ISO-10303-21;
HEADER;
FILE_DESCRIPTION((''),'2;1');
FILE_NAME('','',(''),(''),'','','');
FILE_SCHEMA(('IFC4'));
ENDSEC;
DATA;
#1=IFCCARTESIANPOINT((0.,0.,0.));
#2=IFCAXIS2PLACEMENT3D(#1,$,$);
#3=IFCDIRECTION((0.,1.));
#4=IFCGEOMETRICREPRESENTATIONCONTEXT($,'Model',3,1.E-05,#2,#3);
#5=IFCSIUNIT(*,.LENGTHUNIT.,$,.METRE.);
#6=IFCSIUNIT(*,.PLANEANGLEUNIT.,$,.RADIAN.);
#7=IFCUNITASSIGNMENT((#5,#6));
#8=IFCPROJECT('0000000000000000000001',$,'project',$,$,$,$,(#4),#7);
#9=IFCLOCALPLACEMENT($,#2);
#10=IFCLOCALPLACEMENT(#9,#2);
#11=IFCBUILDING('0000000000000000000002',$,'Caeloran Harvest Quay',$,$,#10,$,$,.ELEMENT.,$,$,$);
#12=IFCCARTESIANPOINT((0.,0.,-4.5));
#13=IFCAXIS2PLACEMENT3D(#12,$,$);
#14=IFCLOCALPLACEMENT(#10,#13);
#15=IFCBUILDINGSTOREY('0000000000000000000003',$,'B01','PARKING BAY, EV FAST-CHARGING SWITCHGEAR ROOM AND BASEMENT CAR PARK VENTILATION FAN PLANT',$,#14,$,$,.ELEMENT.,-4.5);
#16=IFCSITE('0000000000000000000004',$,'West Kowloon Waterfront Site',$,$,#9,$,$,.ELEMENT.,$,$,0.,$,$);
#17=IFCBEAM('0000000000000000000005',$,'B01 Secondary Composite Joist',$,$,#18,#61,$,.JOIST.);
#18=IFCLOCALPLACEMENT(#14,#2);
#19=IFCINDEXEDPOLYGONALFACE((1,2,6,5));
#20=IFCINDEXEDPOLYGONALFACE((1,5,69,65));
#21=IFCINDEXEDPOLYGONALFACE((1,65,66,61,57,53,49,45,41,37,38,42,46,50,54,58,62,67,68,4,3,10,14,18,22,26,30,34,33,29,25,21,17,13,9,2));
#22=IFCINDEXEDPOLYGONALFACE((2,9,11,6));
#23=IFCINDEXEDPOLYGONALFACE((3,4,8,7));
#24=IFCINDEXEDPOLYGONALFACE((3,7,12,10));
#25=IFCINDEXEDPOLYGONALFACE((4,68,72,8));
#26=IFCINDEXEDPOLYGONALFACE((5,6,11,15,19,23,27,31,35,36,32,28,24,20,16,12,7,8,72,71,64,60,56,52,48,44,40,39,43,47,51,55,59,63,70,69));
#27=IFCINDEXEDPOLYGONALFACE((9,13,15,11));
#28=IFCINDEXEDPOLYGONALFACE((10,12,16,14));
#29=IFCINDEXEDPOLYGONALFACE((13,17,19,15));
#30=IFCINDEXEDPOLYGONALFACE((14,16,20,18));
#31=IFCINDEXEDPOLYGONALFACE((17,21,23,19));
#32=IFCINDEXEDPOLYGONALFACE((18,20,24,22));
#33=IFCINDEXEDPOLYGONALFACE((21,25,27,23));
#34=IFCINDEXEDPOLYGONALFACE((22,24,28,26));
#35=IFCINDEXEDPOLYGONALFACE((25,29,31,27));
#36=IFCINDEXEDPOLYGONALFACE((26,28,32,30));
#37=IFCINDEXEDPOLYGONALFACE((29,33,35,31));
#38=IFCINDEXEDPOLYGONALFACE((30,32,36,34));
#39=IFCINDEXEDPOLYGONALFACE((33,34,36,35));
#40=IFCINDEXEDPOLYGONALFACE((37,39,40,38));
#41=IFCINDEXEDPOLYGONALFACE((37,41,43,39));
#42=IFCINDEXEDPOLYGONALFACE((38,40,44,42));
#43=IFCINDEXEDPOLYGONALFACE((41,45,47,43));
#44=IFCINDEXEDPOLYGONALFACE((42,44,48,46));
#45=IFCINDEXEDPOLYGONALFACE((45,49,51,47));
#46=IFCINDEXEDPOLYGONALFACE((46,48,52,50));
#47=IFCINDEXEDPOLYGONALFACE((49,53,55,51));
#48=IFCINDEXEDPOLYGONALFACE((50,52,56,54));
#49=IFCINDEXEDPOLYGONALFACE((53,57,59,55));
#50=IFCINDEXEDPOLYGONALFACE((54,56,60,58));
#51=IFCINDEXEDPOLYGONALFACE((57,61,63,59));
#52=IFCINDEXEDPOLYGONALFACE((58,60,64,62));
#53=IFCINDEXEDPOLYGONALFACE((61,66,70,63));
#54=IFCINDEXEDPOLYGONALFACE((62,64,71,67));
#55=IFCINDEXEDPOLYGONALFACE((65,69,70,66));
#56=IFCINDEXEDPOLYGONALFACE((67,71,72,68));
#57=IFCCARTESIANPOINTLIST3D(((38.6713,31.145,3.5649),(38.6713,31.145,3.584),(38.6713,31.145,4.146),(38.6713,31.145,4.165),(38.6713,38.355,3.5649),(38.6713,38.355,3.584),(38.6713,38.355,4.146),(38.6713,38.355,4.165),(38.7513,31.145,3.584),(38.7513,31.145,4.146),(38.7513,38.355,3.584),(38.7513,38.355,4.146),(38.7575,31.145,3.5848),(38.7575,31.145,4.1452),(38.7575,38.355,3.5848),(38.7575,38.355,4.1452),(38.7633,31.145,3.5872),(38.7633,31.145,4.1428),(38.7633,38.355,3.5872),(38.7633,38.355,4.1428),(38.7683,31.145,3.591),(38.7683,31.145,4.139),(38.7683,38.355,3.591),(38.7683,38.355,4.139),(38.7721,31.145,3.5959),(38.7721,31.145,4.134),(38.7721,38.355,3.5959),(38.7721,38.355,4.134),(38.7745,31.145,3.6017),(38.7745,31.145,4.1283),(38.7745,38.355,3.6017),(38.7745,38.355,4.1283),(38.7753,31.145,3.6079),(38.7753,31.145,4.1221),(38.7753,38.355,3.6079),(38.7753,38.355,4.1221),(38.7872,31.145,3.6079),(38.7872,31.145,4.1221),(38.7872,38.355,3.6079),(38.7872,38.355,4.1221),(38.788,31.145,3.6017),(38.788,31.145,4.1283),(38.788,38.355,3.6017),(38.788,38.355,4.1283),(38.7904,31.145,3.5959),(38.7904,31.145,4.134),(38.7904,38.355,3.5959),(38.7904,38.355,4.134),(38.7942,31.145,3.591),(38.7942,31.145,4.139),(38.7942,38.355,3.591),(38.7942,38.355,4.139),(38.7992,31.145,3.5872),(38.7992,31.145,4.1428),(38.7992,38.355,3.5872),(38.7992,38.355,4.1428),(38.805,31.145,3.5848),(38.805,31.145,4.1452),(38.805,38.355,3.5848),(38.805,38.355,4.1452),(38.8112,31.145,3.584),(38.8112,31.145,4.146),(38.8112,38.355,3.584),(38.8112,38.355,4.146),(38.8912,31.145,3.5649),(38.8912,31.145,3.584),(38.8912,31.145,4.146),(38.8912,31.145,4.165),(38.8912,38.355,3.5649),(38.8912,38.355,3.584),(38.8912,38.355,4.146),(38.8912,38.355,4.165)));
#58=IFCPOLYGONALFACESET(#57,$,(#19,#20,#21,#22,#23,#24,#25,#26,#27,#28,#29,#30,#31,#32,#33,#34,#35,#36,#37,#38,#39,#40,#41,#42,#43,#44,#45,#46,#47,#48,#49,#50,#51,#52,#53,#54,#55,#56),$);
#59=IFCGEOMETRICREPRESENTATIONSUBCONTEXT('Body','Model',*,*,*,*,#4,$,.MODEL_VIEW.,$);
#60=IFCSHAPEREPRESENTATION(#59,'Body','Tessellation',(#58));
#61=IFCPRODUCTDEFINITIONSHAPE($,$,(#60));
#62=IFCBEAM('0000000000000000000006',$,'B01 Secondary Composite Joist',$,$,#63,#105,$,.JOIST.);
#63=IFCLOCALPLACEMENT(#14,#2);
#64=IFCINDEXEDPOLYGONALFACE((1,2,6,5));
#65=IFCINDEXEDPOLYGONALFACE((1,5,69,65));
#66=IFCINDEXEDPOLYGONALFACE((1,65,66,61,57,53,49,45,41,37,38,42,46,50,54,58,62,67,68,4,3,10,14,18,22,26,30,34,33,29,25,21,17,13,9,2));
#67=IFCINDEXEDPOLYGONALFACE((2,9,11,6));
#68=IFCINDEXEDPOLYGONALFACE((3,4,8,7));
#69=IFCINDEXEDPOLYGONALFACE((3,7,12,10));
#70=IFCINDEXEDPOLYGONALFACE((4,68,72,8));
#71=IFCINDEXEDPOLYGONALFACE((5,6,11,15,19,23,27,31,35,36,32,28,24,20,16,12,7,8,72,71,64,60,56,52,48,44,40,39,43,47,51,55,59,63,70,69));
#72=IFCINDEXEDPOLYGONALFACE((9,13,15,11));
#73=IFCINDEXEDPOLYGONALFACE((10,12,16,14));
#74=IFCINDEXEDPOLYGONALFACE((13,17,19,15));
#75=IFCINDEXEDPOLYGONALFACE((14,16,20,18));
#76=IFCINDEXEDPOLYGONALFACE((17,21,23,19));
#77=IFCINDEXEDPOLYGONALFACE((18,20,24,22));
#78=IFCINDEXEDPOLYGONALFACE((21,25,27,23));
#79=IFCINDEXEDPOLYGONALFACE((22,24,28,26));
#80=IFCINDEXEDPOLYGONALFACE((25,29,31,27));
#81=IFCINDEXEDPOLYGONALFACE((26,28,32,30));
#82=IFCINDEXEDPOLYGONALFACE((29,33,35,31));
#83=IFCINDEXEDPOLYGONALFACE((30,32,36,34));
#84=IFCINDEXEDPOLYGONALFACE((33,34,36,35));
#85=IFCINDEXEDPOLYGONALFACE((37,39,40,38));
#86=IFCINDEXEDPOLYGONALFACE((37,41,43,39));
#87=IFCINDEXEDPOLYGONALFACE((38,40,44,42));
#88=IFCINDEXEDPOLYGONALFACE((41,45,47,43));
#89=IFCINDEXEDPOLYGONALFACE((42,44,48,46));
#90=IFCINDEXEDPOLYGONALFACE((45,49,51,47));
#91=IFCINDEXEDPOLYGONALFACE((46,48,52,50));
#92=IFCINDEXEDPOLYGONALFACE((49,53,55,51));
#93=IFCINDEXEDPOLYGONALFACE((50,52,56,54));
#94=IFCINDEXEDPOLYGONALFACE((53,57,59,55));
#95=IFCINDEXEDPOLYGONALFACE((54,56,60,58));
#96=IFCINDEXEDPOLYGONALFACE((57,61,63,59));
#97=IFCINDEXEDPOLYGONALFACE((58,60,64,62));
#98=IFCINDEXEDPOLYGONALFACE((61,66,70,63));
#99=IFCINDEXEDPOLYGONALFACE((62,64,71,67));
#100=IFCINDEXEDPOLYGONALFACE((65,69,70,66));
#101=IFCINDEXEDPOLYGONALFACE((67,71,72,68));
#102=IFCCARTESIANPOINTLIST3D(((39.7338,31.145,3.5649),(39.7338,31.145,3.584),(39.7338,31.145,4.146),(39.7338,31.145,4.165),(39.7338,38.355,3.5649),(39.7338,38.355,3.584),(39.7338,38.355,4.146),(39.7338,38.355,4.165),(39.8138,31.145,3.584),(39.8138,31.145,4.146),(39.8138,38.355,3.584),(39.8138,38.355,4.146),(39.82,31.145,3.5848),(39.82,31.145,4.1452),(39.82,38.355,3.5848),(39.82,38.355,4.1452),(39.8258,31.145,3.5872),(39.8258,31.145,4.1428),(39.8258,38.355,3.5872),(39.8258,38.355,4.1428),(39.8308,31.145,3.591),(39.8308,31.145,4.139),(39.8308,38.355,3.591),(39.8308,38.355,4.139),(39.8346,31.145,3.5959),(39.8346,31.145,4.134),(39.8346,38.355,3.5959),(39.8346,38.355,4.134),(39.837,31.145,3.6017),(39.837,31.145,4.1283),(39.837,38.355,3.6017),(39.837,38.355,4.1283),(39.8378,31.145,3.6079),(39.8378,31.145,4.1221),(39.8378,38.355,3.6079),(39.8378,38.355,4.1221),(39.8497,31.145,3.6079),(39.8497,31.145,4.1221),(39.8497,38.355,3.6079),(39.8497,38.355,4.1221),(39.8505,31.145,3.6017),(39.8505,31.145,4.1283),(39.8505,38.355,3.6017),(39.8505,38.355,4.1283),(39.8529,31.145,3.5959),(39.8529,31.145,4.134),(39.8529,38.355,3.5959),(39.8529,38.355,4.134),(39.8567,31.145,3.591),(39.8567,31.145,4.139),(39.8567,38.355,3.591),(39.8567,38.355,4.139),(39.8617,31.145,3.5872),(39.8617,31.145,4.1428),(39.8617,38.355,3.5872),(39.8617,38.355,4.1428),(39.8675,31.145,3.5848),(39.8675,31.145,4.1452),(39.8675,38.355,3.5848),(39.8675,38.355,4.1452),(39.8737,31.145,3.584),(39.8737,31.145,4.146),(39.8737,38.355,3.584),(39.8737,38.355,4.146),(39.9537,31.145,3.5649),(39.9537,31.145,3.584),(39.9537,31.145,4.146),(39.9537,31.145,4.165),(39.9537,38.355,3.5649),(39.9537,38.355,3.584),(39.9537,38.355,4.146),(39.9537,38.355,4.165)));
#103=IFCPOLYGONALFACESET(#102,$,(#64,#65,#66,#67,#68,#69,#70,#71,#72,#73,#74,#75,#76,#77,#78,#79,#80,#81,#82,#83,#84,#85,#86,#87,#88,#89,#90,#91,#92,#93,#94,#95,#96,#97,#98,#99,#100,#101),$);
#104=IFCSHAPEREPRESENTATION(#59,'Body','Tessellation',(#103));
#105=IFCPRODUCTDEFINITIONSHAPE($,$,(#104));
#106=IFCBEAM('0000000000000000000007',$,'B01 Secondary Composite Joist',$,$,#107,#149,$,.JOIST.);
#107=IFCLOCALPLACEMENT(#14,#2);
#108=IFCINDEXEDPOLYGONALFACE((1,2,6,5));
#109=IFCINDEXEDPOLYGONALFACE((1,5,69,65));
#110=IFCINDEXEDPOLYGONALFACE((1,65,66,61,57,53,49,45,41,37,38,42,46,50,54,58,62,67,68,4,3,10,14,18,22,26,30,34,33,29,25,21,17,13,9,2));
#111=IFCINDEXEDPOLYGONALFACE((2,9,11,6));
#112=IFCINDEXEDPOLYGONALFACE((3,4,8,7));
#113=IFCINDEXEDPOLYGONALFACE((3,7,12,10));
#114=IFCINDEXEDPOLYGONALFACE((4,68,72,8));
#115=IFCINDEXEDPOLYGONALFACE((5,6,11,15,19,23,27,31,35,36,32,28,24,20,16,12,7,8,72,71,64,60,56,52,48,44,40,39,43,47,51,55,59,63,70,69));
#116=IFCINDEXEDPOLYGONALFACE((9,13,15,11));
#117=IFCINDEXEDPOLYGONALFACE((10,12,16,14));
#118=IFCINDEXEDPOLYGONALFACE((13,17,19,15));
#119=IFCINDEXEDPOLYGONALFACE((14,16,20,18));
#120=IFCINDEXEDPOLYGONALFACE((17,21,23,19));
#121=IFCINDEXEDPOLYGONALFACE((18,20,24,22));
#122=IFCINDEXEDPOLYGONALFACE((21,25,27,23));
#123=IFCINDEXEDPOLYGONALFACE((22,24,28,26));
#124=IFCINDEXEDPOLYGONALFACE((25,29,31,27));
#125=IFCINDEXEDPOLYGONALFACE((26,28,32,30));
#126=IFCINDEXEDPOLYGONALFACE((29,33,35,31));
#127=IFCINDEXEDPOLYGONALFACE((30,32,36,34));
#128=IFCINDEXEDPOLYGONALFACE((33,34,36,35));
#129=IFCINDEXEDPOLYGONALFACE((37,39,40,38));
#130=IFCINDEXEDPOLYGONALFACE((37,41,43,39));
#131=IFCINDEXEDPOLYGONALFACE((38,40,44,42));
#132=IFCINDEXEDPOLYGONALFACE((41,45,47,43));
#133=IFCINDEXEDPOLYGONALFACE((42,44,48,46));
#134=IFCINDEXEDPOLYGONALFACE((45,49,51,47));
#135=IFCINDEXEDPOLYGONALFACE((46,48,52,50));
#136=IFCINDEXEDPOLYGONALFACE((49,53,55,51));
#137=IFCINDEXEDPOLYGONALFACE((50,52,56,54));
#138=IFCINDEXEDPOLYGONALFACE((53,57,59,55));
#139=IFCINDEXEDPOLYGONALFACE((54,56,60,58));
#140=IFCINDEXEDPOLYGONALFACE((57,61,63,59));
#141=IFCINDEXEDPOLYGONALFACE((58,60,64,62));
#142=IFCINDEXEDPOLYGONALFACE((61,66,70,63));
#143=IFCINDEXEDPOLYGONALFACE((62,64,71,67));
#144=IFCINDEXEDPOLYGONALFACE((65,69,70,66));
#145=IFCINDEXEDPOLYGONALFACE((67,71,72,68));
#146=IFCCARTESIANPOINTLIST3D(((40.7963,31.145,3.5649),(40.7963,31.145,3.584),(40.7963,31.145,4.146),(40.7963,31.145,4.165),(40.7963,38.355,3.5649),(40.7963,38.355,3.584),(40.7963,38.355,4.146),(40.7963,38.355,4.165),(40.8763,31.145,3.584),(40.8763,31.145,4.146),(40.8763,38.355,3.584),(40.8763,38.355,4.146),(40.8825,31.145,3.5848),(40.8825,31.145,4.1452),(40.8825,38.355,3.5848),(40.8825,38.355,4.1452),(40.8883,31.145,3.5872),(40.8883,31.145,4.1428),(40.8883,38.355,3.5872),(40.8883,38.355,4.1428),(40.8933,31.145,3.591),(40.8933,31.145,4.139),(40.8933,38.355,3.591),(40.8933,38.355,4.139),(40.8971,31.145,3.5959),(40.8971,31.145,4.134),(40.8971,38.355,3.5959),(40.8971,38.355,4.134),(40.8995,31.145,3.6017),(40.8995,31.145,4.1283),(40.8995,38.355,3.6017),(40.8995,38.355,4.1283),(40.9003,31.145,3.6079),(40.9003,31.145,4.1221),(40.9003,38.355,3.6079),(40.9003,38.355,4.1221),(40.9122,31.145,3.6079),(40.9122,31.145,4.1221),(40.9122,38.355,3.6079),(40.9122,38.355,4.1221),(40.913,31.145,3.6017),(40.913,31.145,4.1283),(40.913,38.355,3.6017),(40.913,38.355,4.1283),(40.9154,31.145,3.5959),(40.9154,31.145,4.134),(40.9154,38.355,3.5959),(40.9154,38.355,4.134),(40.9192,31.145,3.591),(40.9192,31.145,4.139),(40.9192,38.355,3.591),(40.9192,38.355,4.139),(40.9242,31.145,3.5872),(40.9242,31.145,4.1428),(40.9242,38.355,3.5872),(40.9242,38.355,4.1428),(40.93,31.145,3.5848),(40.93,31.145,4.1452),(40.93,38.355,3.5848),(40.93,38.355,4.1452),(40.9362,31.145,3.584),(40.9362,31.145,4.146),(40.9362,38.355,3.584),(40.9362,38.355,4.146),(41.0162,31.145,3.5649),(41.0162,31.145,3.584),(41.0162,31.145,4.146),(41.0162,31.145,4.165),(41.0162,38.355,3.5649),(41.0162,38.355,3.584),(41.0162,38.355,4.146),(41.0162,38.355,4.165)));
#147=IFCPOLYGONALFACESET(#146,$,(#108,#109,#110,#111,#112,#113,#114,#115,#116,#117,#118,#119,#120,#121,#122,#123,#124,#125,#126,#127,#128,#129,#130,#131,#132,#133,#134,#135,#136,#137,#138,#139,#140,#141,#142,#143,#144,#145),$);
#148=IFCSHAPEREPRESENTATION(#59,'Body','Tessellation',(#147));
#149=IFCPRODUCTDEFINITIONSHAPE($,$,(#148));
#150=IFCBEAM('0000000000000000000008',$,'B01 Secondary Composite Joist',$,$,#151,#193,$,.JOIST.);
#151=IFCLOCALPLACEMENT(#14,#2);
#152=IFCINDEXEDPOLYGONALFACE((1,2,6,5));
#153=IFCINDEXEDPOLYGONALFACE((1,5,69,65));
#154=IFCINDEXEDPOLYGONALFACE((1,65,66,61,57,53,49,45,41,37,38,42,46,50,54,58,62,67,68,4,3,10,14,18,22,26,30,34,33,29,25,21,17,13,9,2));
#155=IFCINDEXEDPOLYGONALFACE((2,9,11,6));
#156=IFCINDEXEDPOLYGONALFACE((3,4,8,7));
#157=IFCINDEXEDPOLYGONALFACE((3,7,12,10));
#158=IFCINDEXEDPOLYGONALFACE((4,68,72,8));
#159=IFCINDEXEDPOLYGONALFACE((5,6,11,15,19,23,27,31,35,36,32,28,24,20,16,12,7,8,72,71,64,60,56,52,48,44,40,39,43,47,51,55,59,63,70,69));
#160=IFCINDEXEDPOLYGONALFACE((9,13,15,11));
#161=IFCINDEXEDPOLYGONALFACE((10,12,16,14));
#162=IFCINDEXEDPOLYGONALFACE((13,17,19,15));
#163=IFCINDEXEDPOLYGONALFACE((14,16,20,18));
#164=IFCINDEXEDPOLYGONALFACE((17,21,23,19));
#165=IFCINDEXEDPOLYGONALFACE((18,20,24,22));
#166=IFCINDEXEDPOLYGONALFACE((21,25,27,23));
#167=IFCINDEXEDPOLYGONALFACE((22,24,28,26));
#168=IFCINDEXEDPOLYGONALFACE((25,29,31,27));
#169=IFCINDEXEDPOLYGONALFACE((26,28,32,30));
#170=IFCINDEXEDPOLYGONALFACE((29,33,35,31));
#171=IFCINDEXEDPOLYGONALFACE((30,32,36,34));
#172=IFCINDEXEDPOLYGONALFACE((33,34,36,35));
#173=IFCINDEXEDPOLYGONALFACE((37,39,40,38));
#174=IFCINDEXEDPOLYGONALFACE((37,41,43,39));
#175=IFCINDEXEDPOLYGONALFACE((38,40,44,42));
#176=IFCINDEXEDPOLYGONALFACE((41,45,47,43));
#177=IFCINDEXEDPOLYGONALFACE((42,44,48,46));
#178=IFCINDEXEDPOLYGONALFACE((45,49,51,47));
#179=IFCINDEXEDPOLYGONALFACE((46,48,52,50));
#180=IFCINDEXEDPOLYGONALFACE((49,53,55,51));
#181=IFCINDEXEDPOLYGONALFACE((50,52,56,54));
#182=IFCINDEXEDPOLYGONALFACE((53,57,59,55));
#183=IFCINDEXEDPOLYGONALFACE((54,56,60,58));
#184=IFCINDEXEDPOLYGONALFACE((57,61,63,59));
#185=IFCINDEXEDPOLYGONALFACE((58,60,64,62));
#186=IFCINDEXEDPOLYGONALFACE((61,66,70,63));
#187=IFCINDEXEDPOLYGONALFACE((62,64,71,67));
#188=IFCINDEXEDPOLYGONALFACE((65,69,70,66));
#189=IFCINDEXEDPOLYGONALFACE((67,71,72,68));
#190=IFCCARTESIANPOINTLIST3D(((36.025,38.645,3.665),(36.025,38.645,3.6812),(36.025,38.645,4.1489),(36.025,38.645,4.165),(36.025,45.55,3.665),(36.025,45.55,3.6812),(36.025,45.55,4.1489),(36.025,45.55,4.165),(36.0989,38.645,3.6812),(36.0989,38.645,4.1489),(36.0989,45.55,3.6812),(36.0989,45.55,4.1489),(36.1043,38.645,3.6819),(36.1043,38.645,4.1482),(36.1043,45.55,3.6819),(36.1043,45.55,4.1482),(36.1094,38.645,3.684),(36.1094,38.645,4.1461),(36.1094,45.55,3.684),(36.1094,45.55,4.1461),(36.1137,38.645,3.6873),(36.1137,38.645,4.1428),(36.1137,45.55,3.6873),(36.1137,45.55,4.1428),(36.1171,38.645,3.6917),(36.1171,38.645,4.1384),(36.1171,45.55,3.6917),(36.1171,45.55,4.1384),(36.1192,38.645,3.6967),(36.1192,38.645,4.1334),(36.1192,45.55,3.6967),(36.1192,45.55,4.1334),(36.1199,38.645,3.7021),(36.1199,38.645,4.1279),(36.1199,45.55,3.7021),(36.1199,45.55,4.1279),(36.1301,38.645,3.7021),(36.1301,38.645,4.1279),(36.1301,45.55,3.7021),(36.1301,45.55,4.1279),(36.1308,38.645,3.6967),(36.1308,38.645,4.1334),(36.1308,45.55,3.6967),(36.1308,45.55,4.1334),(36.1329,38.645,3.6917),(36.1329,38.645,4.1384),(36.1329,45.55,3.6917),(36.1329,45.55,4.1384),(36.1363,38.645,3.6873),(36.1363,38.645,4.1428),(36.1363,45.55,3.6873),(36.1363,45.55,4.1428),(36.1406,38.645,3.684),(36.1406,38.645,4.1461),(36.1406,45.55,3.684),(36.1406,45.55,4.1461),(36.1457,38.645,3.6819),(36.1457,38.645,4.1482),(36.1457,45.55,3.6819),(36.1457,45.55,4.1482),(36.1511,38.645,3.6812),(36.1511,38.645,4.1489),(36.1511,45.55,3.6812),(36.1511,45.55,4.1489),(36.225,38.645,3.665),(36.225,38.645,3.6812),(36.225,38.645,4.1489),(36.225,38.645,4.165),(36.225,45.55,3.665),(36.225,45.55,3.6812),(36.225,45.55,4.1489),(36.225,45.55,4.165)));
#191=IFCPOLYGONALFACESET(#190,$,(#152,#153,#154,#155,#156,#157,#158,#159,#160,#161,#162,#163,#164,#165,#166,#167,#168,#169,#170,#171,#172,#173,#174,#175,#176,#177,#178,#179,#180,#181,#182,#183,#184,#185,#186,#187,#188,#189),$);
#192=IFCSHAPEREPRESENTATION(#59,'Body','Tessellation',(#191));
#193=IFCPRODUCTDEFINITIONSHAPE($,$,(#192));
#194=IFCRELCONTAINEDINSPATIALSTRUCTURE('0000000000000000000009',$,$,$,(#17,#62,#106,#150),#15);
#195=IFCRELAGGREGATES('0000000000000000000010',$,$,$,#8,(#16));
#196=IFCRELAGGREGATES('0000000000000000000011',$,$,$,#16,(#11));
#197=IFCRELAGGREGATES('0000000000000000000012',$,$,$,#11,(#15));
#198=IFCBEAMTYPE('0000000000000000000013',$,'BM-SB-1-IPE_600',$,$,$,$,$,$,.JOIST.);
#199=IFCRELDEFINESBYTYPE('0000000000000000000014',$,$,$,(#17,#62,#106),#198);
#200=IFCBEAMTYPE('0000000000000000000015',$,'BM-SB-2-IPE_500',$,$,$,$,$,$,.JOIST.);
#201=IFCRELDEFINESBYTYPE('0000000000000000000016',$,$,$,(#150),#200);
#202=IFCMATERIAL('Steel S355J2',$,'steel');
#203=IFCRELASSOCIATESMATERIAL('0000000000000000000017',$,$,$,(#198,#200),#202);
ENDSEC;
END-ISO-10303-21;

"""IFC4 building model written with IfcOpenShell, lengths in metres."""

from ifc_helpers import new_model, si_unit, direction, frame, origin, origin_2d, place, context, subcontext, project, spatial, i_section, extrude, material, material_profile, profile_set, type_object, element, save


model = new_model("IFC4")

# Units and contexts
model_context = context("Model", 3, precision=1e-05, world=origin(), true_north=direction((0.0, 1.0)))
body_context = subcontext(model_context, "Body", "Model", "MODEL_VIEW")
ifc_project = project(units=[si_unit("LENGTHUNIT", "METRE"), si_unit("PLANEANGLEUNIT", "RADIAN")], contexts=[model_context])

# Site, building, storey
site_placement = place(None, origin())
site = spatial("IfcSite", under=ifc_project, at=site_placement, Name="West Kowloon Waterfront Site", CompositionType="ELEMENT", RefElevation=0.0)
building_placement = place(site_placement, origin())
building = spatial("IfcBuilding", under=site, at=building_placement, Name="Caeloran Harvest Quay", CompositionType="ELEMENT")
storey_placement = place(building_placement, frame((0.0, 0.0, -4.5)))
storey = spatial("IfcBuildingStorey", under=building, at=storey_placement, Name="B01", Description="PARKING BAY, EV FAST-CHARGING SWITCHGEAR ROOM AND BASEMENT CAR PARK VENTILATION FAN PLANT", CompositionType="ELEMENT", Elevation=-4.5)

# Beams
ifc_material_1 = material(Name="Steel S355J2", Category="steel")
ifc_material_profile_1 = material_profile(ifc_material_1, i_section(OverallWidth=0.22, OverallDepth=0.6001, WebThickness=0.012, FlangeThickness=0.019, FilletRadius=0.0239, at=origin_2d()), Name="IPE 600")
ifc_profile_set_1 = profile_set([ifc_material_profile_1], Name="Steel S355J2")
beam_type_1 = type_object("IfcBeamType", Name="BM-SB-1-IPE_600", PredefinedType="JOIST", material=ifc_profile_set_1)
for number, where, z_axis, x_axis, name in (
    (1, (38.7812, 31.145, 3.865), (0.0, 1.0, 0.0), (-1.0, 0.0, 0.0), "B01 Secondary Composite Joist"),
    (2, (39.8438, 31.145, 3.865), (0.0, 1.0, 0.0), (-1.0, 0.0, 0.0), "B01 Secondary Composite Joist"),
    (3, (40.9062, 31.145, 3.865), (0.0, 1.0, 0.0), (-1.0, 0.0, 0.0), "B01 Secondary Composite Joist"),
):
    element("IfcBeam", number, at=place(storey_placement, frame(where, z_axis=z_axis, x_axis=x_axis)), inside=storey, type_object=beam_type_1, Name=name, PredefinedType="JOIST", context=body_context, shape_type="SweptSolid", body=[
        extrude(i_section(OverallWidth=0.22, OverallDepth=0.6001, WebThickness=0.012, FlangeThickness=0.019, FilletRadius=0.0239, at=origin_2d()), origin(), (0.0, 0.0, 1.0), 7.21),
    ])
ifc_material_profile_2 = material_profile(ifc_material_1, i_section(OverallWidth=0.2, OverallDepth=0.5, WebThickness=0.0103, FlangeThickness=0.0161, FilletRadius=0.021, at=origin_2d()), Name="IPE 500")
ifc_profile_set_2 = profile_set([ifc_material_profile_2], Name="Steel S355J2")
beam_type_2 = type_object("IfcBeamType", Name="BM-SB-2-IPE_500", PredefinedType="JOIST", material=ifc_profile_set_2)
for number, where, z_axis, x_axis, name in (
    (4, (36.125, 38.645, 3.915), (0.0, 1.0, 0.0), (-1.0, 0.0, 0.0), "B01 Secondary Composite Joist"),
):
    element("IfcBeam", number, at=place(storey_placement, frame(where, z_axis=z_axis, x_axis=x_axis)), inside=storey, type_object=beam_type_2, Name=name, PredefinedType="JOIST", context=body_context, shape_type="SweptSolid", body=[
        extrude(i_section(OverallWidth=0.2, OverallDepth=0.5, WebThickness=0.0103, FlangeThickness=0.0161, FilletRadius=0.021, at=origin_2d()), origin(), (0.0, 0.0, 1.0), 6.905),
    ])

save(model, "model.ifc")
